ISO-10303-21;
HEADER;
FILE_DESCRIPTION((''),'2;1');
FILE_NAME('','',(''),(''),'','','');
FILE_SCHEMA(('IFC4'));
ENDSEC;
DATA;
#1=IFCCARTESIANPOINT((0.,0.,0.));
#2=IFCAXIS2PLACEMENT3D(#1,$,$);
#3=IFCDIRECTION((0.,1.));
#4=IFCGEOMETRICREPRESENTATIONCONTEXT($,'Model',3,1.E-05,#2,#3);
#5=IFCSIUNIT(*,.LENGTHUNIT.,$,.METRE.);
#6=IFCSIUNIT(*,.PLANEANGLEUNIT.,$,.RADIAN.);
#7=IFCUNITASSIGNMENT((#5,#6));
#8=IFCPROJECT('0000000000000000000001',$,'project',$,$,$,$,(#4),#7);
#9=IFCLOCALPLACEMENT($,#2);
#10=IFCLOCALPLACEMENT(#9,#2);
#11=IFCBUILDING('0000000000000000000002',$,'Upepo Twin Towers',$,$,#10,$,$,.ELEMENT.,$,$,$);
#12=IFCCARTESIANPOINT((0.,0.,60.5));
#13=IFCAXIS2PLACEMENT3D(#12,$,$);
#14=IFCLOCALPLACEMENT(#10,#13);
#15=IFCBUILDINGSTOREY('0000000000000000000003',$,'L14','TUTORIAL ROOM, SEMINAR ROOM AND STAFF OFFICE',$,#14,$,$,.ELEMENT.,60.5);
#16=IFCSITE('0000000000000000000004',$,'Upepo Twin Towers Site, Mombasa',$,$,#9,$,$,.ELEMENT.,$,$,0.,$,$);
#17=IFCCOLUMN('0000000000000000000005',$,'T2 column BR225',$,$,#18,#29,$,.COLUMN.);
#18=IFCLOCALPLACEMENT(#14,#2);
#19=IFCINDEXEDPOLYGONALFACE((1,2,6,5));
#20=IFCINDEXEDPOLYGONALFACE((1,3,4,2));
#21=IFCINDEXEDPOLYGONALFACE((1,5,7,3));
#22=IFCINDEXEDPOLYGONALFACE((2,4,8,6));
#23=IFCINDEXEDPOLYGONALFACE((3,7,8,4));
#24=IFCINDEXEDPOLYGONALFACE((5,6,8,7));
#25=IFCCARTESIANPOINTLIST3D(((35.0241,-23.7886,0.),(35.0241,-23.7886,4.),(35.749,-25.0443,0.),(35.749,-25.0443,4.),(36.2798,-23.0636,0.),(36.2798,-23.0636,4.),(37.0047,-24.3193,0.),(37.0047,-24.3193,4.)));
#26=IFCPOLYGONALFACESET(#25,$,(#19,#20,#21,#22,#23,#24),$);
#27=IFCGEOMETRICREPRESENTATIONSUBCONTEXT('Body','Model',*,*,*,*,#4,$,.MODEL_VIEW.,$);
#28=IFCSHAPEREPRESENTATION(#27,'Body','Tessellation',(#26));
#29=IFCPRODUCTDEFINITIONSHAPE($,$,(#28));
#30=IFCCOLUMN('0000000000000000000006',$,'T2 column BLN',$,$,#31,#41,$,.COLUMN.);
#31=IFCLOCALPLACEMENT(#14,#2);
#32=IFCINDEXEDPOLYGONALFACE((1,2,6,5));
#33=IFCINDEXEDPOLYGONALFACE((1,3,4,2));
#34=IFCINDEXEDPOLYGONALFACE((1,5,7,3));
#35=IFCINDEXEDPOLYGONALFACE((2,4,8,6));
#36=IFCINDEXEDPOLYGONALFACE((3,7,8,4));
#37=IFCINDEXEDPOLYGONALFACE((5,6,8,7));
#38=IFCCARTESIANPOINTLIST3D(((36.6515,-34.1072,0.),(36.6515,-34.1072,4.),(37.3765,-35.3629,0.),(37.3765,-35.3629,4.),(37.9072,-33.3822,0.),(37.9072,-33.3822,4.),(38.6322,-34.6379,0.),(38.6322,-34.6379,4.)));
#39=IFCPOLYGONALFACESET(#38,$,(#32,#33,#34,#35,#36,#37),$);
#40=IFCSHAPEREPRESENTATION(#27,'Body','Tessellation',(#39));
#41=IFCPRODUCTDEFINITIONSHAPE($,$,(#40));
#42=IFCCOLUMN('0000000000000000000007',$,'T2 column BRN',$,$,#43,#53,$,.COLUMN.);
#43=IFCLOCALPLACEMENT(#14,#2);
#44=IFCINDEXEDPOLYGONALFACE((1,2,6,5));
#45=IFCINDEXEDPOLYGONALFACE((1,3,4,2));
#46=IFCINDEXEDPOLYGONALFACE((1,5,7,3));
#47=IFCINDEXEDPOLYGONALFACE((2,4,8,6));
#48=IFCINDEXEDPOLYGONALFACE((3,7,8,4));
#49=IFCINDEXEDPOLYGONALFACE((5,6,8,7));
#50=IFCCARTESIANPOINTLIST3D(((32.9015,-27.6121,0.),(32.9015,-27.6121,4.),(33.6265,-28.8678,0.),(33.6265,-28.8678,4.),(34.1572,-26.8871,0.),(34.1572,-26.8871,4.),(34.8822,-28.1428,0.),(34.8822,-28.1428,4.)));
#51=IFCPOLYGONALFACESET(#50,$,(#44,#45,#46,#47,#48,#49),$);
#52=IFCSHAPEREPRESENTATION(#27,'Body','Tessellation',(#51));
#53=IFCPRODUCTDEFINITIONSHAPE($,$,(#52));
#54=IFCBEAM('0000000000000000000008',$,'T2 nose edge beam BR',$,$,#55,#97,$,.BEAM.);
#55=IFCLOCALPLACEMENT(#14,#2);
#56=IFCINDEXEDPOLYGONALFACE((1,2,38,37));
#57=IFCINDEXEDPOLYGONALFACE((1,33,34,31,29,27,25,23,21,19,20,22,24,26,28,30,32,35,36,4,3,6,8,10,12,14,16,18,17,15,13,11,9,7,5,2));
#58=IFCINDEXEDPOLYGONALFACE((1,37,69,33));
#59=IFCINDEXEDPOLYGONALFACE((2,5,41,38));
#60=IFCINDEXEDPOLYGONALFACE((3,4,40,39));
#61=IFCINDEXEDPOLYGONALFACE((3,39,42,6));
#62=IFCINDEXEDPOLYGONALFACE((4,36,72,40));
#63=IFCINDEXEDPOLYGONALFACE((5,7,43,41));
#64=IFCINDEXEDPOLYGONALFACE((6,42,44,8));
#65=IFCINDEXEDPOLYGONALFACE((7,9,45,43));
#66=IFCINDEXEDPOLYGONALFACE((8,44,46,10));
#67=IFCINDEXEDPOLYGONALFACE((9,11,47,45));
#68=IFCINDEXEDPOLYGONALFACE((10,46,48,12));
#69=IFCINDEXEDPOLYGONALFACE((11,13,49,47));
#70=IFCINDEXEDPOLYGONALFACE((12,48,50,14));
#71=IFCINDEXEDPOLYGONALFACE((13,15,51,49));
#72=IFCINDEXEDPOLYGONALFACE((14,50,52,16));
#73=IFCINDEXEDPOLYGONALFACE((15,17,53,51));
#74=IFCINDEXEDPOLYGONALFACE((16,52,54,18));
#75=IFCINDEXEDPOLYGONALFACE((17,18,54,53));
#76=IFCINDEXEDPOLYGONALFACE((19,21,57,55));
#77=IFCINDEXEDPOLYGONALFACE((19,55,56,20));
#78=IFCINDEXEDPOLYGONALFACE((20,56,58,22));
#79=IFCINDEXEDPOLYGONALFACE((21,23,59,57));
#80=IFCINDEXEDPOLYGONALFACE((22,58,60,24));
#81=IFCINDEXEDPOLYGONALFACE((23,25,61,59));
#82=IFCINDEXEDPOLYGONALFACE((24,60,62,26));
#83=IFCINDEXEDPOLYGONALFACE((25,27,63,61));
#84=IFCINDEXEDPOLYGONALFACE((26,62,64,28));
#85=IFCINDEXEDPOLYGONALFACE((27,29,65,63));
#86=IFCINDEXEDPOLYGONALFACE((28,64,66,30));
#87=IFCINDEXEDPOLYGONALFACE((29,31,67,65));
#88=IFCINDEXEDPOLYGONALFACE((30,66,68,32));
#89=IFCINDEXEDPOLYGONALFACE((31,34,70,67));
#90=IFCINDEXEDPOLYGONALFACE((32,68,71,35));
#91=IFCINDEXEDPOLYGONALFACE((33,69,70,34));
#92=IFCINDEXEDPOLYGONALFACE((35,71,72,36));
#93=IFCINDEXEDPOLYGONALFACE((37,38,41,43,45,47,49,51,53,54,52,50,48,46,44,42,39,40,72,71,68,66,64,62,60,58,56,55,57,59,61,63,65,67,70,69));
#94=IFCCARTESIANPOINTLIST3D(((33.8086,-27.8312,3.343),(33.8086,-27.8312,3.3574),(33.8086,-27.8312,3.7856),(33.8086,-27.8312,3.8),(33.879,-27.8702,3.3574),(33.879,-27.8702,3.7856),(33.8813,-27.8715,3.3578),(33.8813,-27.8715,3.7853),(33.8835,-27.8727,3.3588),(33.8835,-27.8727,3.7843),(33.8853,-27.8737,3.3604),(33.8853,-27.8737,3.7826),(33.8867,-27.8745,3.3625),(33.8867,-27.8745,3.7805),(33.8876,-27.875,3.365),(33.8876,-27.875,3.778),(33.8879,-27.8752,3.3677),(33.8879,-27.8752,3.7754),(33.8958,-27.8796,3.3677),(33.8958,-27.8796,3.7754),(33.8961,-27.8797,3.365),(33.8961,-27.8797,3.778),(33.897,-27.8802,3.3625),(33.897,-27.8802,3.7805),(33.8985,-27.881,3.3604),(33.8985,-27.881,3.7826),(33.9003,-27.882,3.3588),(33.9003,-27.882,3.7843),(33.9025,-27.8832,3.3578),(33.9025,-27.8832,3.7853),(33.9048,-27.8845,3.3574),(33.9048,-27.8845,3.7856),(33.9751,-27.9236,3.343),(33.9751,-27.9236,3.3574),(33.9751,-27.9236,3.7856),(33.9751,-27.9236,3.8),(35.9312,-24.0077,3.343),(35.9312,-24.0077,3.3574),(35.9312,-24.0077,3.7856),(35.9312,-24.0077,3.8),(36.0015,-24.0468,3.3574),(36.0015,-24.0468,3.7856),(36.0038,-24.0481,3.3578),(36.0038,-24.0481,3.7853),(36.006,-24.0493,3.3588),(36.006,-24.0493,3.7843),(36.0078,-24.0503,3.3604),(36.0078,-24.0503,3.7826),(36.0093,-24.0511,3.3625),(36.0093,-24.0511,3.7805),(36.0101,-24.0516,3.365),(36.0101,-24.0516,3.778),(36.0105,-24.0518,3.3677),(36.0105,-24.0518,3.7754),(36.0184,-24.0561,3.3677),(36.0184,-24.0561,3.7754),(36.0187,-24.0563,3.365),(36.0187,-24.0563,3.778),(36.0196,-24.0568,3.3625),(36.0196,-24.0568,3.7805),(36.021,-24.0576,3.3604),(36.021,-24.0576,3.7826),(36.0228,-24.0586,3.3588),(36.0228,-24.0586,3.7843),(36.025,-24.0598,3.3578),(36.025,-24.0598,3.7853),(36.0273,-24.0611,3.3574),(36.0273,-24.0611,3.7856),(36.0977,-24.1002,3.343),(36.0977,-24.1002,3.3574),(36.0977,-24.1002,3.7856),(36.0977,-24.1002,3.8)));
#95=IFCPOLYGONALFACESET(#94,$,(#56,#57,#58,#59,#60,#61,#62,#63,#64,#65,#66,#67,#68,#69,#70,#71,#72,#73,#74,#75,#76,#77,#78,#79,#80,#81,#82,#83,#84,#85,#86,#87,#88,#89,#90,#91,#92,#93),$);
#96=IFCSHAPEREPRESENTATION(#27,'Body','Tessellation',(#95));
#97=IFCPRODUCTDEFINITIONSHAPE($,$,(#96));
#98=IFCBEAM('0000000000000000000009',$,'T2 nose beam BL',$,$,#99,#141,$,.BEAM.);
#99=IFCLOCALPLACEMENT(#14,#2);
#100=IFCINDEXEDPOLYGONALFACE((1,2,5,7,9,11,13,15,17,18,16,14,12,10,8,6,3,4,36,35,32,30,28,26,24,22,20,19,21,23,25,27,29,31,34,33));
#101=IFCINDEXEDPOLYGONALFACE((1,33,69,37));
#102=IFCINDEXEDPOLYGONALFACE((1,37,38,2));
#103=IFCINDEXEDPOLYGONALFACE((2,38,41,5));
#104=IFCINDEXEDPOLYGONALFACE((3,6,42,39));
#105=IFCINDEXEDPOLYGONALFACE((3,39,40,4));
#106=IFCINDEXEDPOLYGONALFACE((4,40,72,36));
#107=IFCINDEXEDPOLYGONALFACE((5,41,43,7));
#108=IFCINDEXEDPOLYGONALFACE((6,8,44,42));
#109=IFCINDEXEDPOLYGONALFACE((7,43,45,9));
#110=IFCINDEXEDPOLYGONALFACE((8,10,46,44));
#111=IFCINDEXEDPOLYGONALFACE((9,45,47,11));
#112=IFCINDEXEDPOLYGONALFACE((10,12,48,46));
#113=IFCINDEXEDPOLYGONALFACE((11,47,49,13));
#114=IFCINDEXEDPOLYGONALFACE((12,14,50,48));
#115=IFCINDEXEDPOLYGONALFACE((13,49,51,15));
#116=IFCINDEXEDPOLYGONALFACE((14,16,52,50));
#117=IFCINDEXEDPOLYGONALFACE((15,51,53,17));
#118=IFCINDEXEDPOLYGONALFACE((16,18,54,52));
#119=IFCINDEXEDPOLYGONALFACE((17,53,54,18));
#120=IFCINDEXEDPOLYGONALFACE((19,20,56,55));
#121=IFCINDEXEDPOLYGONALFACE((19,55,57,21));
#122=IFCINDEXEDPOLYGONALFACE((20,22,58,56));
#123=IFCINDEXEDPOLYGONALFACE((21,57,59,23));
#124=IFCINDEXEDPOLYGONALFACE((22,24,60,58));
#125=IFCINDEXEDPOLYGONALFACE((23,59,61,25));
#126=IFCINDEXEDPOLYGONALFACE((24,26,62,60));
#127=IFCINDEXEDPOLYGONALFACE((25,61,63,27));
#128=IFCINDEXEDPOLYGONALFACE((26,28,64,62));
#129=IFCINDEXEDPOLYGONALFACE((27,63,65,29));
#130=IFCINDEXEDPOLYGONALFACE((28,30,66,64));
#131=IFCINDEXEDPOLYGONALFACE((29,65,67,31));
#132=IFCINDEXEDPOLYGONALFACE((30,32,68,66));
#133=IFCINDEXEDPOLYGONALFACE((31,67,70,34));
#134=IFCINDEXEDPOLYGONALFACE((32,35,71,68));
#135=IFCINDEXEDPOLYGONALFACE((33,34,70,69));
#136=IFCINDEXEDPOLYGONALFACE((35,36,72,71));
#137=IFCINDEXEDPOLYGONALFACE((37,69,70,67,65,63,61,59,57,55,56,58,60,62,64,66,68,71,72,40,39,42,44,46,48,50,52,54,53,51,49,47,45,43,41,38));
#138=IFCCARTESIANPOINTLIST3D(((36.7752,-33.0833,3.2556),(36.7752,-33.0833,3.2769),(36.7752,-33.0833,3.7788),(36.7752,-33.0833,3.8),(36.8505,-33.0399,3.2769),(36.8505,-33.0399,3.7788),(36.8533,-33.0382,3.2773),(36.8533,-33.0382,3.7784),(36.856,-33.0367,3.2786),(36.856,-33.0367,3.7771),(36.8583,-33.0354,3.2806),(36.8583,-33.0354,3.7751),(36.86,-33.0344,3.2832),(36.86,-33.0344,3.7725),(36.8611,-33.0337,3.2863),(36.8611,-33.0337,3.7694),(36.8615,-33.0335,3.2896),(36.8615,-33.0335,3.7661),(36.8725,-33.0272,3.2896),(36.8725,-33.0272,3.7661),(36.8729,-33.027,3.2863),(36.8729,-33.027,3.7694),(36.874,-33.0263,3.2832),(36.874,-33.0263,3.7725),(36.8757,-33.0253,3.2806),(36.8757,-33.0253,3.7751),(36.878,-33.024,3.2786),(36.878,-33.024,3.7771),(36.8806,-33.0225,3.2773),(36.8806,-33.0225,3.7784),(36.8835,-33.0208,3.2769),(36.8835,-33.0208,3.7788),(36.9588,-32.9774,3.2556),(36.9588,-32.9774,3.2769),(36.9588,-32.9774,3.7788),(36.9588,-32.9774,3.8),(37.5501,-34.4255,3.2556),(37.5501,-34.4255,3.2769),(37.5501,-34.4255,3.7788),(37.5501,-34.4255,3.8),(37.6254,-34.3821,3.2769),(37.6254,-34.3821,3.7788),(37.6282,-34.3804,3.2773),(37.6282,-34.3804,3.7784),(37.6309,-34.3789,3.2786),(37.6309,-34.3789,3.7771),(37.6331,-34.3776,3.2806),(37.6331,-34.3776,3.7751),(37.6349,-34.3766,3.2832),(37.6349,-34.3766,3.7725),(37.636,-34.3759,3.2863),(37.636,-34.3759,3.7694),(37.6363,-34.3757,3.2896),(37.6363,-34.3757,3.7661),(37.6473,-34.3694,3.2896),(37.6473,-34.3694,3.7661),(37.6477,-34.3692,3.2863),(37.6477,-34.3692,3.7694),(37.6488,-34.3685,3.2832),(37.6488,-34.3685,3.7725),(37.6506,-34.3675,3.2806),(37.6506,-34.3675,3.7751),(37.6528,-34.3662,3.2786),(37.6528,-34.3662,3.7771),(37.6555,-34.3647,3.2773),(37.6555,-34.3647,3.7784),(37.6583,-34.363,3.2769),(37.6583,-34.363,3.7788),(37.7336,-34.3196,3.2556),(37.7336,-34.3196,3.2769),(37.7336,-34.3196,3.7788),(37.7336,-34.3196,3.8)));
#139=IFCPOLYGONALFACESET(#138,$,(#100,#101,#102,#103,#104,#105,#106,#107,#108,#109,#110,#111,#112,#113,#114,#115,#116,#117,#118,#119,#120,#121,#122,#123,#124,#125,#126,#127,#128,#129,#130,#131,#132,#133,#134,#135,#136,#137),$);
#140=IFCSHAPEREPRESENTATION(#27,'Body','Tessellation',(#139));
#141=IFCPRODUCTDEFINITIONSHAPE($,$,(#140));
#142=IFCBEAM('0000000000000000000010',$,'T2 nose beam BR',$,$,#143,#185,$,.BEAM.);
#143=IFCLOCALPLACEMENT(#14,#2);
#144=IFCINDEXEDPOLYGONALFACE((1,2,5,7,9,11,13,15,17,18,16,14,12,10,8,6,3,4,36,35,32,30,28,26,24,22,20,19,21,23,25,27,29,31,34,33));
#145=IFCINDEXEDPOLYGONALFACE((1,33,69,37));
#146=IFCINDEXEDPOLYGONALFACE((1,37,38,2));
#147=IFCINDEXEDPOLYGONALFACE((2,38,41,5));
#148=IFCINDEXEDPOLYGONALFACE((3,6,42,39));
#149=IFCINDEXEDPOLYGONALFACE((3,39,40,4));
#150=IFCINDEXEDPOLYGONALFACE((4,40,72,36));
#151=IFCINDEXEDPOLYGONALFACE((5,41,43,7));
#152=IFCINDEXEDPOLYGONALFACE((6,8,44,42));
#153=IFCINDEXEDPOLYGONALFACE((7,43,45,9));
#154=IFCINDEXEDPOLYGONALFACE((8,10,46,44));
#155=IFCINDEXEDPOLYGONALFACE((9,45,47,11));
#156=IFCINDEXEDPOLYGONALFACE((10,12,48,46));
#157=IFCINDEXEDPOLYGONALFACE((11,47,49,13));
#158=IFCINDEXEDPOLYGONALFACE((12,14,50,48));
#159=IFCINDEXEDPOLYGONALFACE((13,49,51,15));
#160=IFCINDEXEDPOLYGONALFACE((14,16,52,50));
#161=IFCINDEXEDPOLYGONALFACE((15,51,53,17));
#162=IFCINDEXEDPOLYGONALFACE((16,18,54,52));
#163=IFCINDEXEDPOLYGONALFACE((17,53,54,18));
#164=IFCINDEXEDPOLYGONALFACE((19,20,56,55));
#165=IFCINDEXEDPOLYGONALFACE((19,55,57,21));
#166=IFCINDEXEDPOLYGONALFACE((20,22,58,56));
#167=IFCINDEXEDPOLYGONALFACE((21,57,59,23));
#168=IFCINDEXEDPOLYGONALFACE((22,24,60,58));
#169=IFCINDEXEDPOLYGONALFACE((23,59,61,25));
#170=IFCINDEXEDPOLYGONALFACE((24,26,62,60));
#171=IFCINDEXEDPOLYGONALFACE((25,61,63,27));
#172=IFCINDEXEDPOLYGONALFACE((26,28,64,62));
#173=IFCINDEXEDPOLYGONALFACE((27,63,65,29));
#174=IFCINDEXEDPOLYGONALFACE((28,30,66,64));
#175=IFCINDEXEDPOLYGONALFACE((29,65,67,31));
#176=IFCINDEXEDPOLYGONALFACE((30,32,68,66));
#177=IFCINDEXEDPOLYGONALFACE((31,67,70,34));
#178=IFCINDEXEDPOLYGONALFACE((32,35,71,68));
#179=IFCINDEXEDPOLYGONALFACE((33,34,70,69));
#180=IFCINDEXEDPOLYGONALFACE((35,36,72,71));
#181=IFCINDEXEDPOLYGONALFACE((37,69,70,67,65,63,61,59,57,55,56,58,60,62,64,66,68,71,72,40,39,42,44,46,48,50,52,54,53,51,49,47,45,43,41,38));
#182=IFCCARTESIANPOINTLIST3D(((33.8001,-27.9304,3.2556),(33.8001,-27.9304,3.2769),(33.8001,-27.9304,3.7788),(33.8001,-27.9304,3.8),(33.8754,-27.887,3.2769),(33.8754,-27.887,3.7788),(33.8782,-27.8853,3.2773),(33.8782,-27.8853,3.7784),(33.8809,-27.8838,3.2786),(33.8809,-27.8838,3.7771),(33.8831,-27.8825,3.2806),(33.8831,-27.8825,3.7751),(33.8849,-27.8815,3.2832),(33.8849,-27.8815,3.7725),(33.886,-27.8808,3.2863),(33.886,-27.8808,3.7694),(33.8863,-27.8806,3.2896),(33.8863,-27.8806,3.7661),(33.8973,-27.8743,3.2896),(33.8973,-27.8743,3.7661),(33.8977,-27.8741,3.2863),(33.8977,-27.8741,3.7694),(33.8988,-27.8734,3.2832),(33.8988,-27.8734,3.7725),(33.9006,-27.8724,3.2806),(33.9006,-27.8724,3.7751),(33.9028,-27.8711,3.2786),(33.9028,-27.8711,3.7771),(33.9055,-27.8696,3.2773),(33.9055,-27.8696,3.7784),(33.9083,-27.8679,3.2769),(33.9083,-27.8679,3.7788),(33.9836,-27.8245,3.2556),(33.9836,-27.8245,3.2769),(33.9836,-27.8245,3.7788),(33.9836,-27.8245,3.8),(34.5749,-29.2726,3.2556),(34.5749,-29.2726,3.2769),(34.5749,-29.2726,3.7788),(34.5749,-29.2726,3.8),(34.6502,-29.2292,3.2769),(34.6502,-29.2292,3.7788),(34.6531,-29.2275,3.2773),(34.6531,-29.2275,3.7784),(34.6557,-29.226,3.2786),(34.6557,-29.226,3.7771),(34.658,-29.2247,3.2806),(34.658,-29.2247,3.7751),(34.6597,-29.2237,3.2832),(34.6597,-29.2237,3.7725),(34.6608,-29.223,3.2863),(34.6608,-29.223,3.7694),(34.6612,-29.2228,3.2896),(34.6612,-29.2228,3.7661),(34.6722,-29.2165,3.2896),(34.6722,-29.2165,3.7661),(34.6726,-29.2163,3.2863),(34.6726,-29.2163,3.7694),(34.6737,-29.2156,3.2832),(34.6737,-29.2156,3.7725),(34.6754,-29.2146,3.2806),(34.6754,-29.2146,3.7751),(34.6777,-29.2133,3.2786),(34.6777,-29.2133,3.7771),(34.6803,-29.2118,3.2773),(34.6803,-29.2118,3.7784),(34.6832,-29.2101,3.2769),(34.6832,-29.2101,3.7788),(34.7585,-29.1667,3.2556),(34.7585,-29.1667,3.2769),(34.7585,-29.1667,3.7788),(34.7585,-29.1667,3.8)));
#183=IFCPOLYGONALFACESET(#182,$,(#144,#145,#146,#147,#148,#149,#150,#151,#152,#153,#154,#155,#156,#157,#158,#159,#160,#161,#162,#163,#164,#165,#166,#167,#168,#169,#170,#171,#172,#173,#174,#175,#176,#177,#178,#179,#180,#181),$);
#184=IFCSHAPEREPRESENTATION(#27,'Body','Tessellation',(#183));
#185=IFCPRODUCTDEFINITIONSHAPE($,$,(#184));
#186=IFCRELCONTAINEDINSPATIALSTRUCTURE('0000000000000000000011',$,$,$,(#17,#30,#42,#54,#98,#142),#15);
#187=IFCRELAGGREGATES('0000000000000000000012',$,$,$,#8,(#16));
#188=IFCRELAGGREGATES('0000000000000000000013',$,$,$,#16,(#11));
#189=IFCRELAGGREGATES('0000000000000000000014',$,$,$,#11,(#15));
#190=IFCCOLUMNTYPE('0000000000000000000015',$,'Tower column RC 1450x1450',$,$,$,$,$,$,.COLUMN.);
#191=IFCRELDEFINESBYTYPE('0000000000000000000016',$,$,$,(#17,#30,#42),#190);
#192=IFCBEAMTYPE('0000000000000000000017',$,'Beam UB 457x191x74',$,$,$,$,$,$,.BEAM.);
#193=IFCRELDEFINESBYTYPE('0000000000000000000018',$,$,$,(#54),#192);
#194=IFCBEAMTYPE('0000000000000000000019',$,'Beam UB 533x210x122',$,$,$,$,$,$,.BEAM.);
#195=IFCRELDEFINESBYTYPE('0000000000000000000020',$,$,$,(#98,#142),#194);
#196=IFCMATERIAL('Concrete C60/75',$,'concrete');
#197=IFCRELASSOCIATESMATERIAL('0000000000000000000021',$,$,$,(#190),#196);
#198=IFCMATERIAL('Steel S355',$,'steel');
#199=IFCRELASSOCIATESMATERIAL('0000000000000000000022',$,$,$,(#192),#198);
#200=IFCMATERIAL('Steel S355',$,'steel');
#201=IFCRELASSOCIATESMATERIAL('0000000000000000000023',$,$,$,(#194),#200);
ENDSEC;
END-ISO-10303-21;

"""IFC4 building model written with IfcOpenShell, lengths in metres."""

from ifc_helpers import new_model, si_unit, direction, frame, origin, origin_2d, place, context, subcontext, project, spatial, rectangle, i_section, extrude, material, material_profile, profile_set, type_object, element, save


model = new_model("IFC4")

# Units and contexts
model_context = context("Model", 3, precision=1e-05, world=origin(), true_north=direction((0.0, 1.0)))
body_context = subcontext(model_context, "Body", "Model", "MODEL_VIEW")
ifc_project = project(units=[si_unit("LENGTHUNIT", "METRE"), si_unit("PLANEANGLEUNIT", "RADIAN")], contexts=[model_context])

# Site, building, storey
site_placement = place(None, origin())
site = spatial("IfcSite", under=ifc_project, at=site_placement, Name="Upepo Twin Towers Site, Mombasa", CompositionType="ELEMENT", RefElevation=0.0)
building_placement = place(site_placement, origin())
building = spatial("IfcBuilding", under=site, at=building_placement, Name="Upepo Twin Towers", CompositionType="ELEMENT")
storey_placement = place(building_placement, frame((0.0, 0.0, 60.5)))
storey = spatial("IfcBuildingStorey", under=building, at=storey_placement, Name="L14", Description="TUTORIAL ROOM, SEMINAR ROOM AND STAFF OFFICE", CompositionType="ELEMENT", Elevation=60.5)

# Columns
ifc_material_1 = material(Name="Concrete C60/75", Category="concrete")
ifc_material_profile_1 = material_profile(ifc_material_1, rectangle(XDim=1.45, YDim=1.45, at=origin_2d()), Name="RC 1450x1450")
ifc_profile_set_1 = profile_set([ifc_material_profile_1], Name="Concrete C60/75")
column_type = type_object("IfcColumnType", Name="Tower column RC 1450x1450", PredefinedType="COLUMN", material=ifc_profile_set_1)
for number, where, z_axis, x_axis, name in (
    (1, (36.0144, -24.054, 0.0), (0.0, 0.0, 1.0), (0.866025, 0.5, 0.0), "T2 column BR225"),
    (2, (37.6418, -34.3726, 0.0), (0.0, 0.0, 1.0), (0.866025, 0.5, 0.0), "T2 column BLN"),
    (3, (33.8918, -27.8774, 0.0), (0.0, 0.0, 1.0), (0.866025, 0.5, 0.0), "T2 column BRN"),
):
    element("IfcColumn", number, at=place(storey_placement, frame(where, z_axis=z_axis, x_axis=x_axis)), inside=storey, type_object=column_type, Name=name, PredefinedType="COLUMN", context=body_context, shape_type="SweptSolid", body=[
        extrude(rectangle(XDim=1.45, YDim=1.45, at=origin_2d()), origin(), (0.0, 0.0, 1.0), 4.0),
    ])

# Beams
ifc_material_2 = material(Name="Steel S355", Category="steel")
ifc_material_profile_2 = material_profile(ifc_material_2, i_section(OverallWidth=0.1904, OverallDepth=0.457, WebThickness=0.009, FlangeThickness=0.0144, FilletRadius=0.0103, at=origin_2d()), Name="UB 457x191x74")
ifc_profile_set_2 = profile_set([ifc_material_profile_2], Name="Steel S355")
beam_type_1 = type_object("IfcBeamType", Name="Beam UB 457x191x74", PredefinedType="BEAM", material=ifc_profile_set_2)
beam_1_placement = place(storey_placement, frame((36.0144, -24.054, 3.5715), z_axis=(-0.485363, -0.874313, 0.0), x_axis=(0.874313, -0.485363, 0.0)))
element("IfcBeam", 4, at=beam_1_placement, inside=storey, type_object=beam_type_1, Name="T2 nose edge beam BR", PredefinedType="BEAM", context=body_context, shape_type="SweptSolid", body=[
    extrude(i_section(OverallWidth=0.1904, OverallDepth=0.457, WebThickness=0.009, FlangeThickness=0.0144, FilletRadius=0.0103, at=origin_2d()), origin(), (0.0, 0.0, 1.0), 4.373),
])
ifc_material_3 = material(Name="Steel S355", Category="steel")
ifc_material_profile_3 = material_profile(ifc_material_3, i_section(OverallWidth=0.2119, OverallDepth=0.5444, WebThickness=0.0127, FlangeThickness=0.0212, FilletRadius=0.0127, at=origin_2d()), Name="UB 533x210x122")
ifc_profile_set_3 = profile_set([ifc_material_profile_3], Name="Steel S355")
beam_type_2 = type_object("IfcBeamType", Name="Beam UB 533x210x122", PredefinedType="BEAM", material=ifc_profile_set_3)
for number, where, z_axis, x_axis, name in (
    (5, (37.6418, -34.3726, 3.5278), (-0.499968, 0.866044, 0.0), (-0.866044, -0.499968, 0.0), "T2 nose beam BL"),
    (6, (33.8918, -27.8774, 3.5278), (0.499968, -0.866044, 0.0), (0.866044, 0.499968, 0.0), "T2 nose beam BR"),
):
    element("IfcBeam", number, at=place(storey_placement, frame(where, z_axis=z_axis, x_axis=x_axis)), inside=storey, type_object=beam_type_2, Name=name, PredefinedType="BEAM", context=body_context, shape_type="SweptSolid", body=[
        extrude(i_section(OverallWidth=0.2119, OverallDepth=0.5444, WebThickness=0.0127, FlangeThickness=0.0212, FilletRadius=0.0127, at=origin_2d()), origin(), (0.0, 0.0, 1.0), 1.5498),
    ])

save(model, "model.ifc")
